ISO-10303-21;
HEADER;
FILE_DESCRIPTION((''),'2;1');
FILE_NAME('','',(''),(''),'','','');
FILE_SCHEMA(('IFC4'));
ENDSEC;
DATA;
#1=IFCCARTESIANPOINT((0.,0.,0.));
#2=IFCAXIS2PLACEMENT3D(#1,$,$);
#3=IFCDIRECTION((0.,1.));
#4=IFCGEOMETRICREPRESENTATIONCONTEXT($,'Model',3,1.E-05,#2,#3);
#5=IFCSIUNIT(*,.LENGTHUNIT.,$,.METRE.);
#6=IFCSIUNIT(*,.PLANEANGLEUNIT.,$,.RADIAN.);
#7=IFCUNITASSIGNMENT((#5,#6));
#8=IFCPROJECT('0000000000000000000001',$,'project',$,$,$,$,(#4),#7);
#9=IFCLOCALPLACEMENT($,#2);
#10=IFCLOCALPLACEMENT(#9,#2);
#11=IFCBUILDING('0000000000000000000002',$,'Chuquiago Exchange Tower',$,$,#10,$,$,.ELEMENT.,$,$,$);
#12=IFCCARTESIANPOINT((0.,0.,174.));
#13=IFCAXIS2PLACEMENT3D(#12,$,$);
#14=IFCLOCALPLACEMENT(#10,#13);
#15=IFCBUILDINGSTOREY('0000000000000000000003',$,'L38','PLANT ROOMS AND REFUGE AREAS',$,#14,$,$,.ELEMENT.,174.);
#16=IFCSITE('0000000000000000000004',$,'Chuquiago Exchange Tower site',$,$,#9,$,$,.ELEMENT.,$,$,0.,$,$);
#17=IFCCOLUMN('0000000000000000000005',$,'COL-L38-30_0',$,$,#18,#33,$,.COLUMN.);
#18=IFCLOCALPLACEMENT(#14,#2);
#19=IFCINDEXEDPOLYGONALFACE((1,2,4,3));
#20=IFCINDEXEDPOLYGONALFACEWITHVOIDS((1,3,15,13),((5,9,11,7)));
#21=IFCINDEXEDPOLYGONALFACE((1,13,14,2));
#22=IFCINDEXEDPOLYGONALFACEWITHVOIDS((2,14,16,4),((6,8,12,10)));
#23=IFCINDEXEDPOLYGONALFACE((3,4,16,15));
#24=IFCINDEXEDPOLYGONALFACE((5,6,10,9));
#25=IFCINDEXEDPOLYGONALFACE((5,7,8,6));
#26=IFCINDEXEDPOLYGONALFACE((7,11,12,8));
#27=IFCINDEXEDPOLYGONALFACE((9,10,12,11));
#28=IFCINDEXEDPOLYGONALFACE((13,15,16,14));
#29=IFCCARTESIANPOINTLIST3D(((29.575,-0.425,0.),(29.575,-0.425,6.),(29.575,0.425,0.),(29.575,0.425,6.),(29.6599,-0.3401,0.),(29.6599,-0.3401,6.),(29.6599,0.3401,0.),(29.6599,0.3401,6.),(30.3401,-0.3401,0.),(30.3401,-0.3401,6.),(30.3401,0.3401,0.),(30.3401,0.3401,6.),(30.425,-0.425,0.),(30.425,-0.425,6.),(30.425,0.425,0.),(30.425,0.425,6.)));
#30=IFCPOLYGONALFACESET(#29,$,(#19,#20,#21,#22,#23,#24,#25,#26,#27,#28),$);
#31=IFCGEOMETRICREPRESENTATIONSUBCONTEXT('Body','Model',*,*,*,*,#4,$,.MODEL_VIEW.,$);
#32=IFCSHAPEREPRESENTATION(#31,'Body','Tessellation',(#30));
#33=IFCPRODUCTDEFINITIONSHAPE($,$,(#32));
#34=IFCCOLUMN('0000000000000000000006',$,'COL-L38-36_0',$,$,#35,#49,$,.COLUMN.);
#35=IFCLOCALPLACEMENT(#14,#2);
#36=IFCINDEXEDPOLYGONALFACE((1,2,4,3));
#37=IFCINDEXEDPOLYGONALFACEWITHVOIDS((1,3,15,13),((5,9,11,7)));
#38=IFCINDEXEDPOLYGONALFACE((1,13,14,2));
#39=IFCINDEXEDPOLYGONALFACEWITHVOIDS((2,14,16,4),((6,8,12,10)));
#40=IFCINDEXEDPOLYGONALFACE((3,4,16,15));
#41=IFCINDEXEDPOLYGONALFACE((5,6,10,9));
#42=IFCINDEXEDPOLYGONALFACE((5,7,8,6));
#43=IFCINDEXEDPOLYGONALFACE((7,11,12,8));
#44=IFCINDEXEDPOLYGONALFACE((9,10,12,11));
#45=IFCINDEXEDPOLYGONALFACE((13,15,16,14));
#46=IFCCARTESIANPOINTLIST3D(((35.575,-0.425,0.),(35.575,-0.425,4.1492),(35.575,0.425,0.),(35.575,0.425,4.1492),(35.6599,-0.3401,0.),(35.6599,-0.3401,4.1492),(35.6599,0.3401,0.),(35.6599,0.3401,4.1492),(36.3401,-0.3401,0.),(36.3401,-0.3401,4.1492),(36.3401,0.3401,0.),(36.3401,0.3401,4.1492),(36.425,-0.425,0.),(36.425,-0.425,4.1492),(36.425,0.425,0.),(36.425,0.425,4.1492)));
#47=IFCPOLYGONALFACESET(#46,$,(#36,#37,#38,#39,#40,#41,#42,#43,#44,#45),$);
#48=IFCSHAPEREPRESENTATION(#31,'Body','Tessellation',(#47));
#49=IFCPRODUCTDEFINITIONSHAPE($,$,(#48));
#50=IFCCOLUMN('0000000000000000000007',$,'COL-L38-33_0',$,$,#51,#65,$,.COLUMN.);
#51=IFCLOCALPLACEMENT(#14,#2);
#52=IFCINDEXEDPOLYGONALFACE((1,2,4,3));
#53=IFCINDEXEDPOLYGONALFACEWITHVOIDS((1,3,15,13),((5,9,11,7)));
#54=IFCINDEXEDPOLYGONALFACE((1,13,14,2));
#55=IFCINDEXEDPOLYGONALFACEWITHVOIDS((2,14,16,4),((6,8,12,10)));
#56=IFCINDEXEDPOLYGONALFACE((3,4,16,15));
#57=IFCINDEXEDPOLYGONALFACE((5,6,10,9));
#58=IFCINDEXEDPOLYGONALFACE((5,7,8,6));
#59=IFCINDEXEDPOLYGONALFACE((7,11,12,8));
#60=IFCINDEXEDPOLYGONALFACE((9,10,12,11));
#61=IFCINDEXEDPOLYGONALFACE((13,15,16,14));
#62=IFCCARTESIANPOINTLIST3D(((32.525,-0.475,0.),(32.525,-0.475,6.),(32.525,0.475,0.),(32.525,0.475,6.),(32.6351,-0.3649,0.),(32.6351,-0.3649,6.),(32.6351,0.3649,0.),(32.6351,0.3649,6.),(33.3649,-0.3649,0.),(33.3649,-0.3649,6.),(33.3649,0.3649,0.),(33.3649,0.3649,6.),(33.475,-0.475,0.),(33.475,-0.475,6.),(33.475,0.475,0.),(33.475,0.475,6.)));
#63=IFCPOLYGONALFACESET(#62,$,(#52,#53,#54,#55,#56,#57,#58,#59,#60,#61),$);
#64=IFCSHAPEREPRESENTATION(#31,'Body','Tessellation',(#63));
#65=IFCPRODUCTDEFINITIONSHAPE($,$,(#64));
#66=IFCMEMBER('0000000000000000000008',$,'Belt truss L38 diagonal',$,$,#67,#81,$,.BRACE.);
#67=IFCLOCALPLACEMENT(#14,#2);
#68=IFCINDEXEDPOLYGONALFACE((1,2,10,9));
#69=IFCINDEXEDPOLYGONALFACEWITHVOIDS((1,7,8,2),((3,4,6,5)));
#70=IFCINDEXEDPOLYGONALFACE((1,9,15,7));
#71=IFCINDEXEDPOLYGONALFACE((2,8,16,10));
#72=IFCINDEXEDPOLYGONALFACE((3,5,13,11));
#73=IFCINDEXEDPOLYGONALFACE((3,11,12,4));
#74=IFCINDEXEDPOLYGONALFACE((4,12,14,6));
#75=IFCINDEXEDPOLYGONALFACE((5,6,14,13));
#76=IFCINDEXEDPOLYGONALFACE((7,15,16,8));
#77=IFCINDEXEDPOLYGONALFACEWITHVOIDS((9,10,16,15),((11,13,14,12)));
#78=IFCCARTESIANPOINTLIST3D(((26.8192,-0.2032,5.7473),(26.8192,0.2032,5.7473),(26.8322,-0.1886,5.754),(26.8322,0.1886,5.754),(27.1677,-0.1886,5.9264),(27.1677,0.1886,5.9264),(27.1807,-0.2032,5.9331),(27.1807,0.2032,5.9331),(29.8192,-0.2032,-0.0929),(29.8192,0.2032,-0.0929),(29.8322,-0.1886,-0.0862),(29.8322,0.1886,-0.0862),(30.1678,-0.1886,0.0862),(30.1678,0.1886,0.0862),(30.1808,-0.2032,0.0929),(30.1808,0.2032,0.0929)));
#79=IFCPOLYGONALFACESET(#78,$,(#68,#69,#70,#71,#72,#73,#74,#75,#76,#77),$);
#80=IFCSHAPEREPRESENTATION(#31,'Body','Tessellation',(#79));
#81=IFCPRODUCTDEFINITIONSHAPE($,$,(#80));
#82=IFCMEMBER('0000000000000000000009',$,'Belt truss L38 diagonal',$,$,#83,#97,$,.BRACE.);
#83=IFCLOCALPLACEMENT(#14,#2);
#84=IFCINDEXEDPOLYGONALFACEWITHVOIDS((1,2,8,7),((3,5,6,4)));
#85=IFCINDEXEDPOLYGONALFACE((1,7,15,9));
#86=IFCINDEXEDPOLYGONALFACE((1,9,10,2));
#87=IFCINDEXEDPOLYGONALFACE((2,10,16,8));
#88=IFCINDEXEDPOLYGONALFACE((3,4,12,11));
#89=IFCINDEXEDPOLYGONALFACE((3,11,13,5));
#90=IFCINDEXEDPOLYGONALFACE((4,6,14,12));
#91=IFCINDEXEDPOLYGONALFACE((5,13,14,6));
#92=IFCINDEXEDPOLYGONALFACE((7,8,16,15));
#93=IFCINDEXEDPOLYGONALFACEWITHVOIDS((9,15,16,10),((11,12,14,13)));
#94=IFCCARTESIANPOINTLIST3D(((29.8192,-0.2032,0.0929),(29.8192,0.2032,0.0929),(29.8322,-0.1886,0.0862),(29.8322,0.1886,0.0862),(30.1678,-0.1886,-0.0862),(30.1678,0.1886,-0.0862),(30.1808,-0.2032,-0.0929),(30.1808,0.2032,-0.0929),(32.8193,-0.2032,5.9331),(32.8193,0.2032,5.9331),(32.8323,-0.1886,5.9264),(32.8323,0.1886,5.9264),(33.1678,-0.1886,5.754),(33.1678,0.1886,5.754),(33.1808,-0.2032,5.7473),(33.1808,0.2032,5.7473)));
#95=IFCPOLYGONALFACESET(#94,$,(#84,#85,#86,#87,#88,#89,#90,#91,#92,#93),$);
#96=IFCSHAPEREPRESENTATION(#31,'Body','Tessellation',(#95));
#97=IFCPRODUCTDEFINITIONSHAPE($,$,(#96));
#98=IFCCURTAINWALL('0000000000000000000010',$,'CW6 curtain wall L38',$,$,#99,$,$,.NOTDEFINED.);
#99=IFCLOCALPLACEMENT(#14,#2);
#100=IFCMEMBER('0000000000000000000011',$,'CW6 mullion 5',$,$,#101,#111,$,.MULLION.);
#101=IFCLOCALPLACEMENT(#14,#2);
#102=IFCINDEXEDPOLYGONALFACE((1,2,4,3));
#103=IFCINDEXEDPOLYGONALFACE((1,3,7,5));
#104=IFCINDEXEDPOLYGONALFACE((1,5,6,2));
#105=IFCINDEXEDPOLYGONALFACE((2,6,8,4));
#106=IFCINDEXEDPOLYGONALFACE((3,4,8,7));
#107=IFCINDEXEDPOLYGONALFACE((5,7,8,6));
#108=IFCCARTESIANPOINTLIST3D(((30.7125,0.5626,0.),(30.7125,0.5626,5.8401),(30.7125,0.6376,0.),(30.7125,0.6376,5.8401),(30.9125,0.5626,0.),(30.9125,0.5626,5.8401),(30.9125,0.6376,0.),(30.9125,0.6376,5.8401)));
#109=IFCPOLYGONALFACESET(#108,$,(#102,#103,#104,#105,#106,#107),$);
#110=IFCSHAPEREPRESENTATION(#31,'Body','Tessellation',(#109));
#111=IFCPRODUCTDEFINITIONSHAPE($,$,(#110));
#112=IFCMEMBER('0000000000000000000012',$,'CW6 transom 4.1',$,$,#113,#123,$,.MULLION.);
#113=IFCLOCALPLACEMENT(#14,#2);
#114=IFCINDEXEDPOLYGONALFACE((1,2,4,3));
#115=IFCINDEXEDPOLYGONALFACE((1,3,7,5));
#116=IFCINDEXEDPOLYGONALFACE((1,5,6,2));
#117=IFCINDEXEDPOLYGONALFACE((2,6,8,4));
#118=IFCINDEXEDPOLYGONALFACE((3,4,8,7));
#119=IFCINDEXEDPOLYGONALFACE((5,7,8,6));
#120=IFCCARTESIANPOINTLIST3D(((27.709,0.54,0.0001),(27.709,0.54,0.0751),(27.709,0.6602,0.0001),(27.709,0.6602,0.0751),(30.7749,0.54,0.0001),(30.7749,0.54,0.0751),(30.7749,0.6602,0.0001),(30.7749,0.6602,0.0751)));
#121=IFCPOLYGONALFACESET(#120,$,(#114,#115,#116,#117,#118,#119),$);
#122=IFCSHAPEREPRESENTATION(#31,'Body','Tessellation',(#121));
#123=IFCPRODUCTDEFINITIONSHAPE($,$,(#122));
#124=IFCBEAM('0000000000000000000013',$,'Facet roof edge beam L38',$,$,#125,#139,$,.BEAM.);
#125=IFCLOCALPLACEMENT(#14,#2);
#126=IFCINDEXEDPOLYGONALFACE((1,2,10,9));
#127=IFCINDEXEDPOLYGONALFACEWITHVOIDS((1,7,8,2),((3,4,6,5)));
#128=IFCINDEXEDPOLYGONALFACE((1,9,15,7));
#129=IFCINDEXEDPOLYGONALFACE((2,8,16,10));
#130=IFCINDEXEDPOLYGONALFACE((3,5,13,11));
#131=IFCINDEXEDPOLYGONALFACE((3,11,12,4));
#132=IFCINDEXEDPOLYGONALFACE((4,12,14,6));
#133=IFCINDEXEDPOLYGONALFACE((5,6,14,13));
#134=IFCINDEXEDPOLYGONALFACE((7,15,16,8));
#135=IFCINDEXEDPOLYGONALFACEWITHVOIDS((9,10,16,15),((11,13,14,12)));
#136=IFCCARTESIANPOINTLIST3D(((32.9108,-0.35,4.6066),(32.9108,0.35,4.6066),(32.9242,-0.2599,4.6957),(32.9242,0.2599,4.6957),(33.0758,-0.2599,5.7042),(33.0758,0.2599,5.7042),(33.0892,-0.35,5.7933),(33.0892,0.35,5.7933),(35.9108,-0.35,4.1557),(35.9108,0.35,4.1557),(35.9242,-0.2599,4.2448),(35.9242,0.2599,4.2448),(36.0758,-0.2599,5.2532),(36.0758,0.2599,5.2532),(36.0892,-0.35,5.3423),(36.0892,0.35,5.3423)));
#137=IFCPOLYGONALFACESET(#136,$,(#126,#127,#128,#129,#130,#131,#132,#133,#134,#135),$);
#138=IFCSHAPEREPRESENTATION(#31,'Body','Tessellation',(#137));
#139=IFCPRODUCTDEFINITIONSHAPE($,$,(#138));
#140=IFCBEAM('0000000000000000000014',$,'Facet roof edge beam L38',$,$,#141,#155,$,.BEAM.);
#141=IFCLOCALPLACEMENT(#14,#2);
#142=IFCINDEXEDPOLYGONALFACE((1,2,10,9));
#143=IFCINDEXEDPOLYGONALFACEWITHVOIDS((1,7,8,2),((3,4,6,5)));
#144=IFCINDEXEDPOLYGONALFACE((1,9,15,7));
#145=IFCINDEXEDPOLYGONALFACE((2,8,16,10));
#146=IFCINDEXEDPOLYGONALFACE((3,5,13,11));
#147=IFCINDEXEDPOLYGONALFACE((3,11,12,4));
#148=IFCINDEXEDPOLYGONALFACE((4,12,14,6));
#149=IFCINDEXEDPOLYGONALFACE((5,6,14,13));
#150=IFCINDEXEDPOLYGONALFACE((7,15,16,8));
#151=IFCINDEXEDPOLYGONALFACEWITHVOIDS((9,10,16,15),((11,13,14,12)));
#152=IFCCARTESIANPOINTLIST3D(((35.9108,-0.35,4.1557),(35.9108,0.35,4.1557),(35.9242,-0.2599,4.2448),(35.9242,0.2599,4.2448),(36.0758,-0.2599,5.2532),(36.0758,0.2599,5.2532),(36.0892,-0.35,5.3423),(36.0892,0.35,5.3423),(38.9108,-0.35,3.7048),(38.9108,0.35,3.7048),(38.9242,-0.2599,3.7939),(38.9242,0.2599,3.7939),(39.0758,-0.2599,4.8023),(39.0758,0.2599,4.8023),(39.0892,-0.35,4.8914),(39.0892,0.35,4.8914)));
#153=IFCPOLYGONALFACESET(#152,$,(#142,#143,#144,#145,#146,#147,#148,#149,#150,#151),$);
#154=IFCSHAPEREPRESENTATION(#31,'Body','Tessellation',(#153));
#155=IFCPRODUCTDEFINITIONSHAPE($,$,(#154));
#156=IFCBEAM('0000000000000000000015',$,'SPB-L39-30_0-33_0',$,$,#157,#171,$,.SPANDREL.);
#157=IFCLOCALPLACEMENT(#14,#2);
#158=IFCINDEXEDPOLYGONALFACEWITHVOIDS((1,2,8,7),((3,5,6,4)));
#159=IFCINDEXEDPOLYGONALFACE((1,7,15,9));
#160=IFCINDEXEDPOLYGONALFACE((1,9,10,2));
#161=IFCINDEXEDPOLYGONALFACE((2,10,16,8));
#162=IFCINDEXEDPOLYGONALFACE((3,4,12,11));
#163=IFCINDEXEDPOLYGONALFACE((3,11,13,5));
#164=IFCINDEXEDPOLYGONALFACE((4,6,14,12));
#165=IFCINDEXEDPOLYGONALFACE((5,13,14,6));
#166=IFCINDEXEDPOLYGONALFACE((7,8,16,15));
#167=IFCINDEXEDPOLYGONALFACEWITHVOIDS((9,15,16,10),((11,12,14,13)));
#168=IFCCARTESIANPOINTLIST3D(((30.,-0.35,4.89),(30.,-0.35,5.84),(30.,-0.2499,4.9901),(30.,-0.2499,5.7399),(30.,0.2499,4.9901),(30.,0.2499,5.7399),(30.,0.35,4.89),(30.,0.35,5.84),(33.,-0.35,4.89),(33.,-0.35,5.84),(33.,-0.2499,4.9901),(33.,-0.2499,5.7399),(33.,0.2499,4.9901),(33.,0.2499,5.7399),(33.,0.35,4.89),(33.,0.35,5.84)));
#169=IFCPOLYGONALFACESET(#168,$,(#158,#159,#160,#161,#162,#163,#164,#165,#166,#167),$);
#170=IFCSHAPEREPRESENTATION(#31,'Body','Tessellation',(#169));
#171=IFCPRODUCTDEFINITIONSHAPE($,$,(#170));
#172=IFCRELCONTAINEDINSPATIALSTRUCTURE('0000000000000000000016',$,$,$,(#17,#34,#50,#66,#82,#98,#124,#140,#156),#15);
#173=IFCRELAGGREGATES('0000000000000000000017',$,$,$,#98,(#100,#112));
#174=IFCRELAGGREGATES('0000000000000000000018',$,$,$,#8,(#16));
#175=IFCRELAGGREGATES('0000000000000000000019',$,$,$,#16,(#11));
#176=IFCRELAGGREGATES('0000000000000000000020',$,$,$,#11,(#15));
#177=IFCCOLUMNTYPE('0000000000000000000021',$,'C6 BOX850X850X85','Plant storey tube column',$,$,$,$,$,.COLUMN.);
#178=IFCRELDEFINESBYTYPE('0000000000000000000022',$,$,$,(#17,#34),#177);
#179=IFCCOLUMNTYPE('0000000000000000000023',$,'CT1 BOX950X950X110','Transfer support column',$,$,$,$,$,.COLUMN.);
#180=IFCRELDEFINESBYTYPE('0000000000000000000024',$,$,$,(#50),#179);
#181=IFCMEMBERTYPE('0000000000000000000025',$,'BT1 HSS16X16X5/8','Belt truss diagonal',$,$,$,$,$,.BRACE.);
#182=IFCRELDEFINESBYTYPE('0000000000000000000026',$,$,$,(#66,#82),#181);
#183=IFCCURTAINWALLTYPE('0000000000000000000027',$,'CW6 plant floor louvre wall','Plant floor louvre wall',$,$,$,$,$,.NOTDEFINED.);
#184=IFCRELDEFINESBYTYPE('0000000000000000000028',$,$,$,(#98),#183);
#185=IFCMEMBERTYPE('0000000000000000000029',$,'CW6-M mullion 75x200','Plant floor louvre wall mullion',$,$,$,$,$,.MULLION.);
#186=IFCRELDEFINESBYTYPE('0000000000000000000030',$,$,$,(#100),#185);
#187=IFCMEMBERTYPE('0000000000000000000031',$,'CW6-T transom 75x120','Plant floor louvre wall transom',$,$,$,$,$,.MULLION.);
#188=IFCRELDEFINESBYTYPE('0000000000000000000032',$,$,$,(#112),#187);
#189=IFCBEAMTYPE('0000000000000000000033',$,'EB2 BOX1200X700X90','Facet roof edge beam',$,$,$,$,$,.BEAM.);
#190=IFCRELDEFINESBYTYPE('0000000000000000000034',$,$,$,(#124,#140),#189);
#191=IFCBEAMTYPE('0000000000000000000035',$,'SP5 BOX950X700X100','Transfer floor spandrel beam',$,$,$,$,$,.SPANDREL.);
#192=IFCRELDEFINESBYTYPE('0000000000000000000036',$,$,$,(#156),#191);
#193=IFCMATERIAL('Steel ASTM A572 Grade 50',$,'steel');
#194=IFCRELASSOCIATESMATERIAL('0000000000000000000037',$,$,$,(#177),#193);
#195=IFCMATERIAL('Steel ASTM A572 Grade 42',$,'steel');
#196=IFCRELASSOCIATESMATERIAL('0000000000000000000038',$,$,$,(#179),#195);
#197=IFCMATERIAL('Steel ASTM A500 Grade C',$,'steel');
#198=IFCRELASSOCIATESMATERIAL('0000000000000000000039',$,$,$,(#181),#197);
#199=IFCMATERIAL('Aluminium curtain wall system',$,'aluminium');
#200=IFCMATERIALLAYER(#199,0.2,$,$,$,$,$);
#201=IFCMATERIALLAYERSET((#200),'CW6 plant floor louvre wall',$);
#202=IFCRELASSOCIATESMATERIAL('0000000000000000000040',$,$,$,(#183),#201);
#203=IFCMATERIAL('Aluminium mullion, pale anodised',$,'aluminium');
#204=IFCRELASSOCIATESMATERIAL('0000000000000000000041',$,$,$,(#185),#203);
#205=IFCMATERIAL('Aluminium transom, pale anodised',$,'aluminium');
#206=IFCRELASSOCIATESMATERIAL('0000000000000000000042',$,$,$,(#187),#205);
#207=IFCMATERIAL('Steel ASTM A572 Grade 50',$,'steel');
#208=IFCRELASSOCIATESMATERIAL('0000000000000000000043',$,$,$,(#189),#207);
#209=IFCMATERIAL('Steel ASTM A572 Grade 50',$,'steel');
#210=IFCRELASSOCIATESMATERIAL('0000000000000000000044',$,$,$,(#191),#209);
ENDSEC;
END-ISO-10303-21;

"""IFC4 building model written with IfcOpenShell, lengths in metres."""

from ifc_helpers import new_model, si_unit, direction, frame, origin, origin_2d, place, context, subcontext, project, spatial, rectangle, hollow_rectangle, extrude, material, layer, layer_set, material_profile, profile_set, type_object, element, aggregate, save


model = new_model("IFC4")

# Units and contexts
model_context = context("Model", 3, precision=1e-05, world=origin(), true_north=direction((0.0, 1.0)))
body_context = subcontext(model_context, "Body", "Model", "MODEL_VIEW")
ifc_project = project(units=[si_unit("LENGTHUNIT", "METRE"), si_unit("PLANEANGLEUNIT", "RADIAN")], contexts=[model_context])

# Site, building, storey
site_placement = place(None, origin())
site = spatial("IfcSite", under=ifc_project, at=site_placement, Name="Chuquiago Exchange Tower site", CompositionType="ELEMENT", RefElevation=0.0)
building_placement = place(site_placement, origin())
building = spatial("IfcBuilding", under=site, at=building_placement, Name="Chuquiago Exchange Tower", CompositionType="ELEMENT")
storey_placement = place(building_placement, frame((0.0, 0.0, 174.0)))
storey = spatial("IfcBuildingStorey", under=building, at=storey_placement, Name="L38", Description="PLANT ROOMS AND REFUGE AREAS", CompositionType="ELEMENT", Elevation=174.0)

# Columns
ifc_material_1 = material(Name="Steel ASTM A572 Grade 50", Category="steel")
ifc_material_profile_1 = material_profile(ifc_material_1, hollow_rectangle(XDim=0.8501, YDim=0.8501, WallThickness=0.085, at=origin_2d()), Name="BOX850X850X85")
ifc_profile_set_1 = profile_set([ifc_material_profile_1], Name="Steel ASTM A572 Grade 50")
column_type_1 = type_object("IfcColumnType", Name="C6 BOX850X850X85", Description="Plant storey tube column", PredefinedType="COLUMN", material=ifc_profile_set_1)
column_1_placement = place(storey_placement, frame((30.0, 0.0, 0.0), z_axis=(0.0, 0.0, 1.0), x_axis=(0.0, -1.0, 0.0)))
element("IfcColumn", 1, at=column_1_placement, inside=storey, type_object=column_type_1, Name="COL-L38-30_0", PredefinedType="COLUMN", context=body_context, shape_type="SweptSolid", body=[
    extrude(hollow_rectangle(XDim=0.8501, YDim=0.8501, WallThickness=0.085, at=origin_2d()), origin(), (0.0, 0.0, 1.0), 6.0),
])
column_2_placement = place(storey_placement, frame((36.0, 0.0, 0.0), z_axis=(0.0, 0.0, 1.0), x_axis=(0.0, -1.0, 0.0)))
element("IfcColumn", 2, at=column_2_placement, inside=storey, type_object=column_type_1, Name="COL-L38-36_0", PredefinedType="COLUMN", context=body_context, shape_type="SweptSolid", body=[
    extrude(hollow_rectangle(XDim=0.8501, YDim=0.8501, WallThickness=0.085, at=origin_2d()), origin(), (0.0, 0.0, 1.0), 4.1492),
])
ifc_material_2 = material(Name="Steel ASTM A572 Grade 42", Category="steel")
ifc_material_profile_2 = material_profile(ifc_material_2, hollow_rectangle(XDim=0.95, YDim=0.95, WallThickness=0.1101, at=origin_2d()), Name="BOX950X950X110")
ifc_profile_set_2 = profile_set([ifc_material_profile_2], Name="Steel ASTM A572 Grade 42")
column_type_2 = type_object("IfcColumnType", Name="CT1 BOX950X950X110", Description="Transfer support column", PredefinedType="COLUMN", material=ifc_profile_set_2)
column_3_placement = place(storey_placement, frame((33.0, 0.0, 0.0), z_axis=(0.0, 0.0, 1.0), x_axis=(0.0, -1.0, 0.0)))
element("IfcColumn", 3, at=column_3_placement, inside=storey, type_object=column_type_2, Name="COL-L38-33_0", PredefinedType="COLUMN", context=body_context, shape_type="SweptSolid", body=[
    extrude(hollow_rectangle(XDim=0.95, YDim=0.95, WallThickness=0.1101, at=origin_2d()), origin(), (0.0, 0.0, 1.0), 6.0),
])

# Members
ifc_material_3 = material(Name="Steel ASTM A500 Grade C", Category="steel")
ifc_material_profile_3 = material_profile(ifc_material_3, hollow_rectangle(XDim=0.4065, YDim=0.4065, WallThickness=0.0146, at=origin_2d()), Name="HSS16X16X5/8")
ifc_profile_set_3 = profile_set([ifc_material_profile_3], Name="Steel ASTM A500 Grade C")
member_type_1 = type_object("IfcMemberType", Name="BT1 HSS16X16X5/8", Description="Belt truss diagonal", PredefinedType="BRACE", material=ifc_profile_set_3)
for number, where, z_axis, x_axis, name in (
    (4, (30.0, 0.0, 0.0), (-0.45693, 0.0, 0.889503), (0.0, -1.0, 0.0), "Belt truss L38 diagonal"),
    (5, (30.0, 0.0, 0.0), (0.45693, 0.0, 0.889503), (0.0, 1.0, 0.0), "Belt truss L38 diagonal"),
):
    element("IfcMember", number, at=place(storey_placement, frame(where, z_axis=z_axis, x_axis=x_axis)), inside=storey, type_object=member_type_1, Name=name, PredefinedType="BRACE", context=body_context, shape_type="SweptSolid", body=[
        extrude(hollow_rectangle(XDim=0.4065, YDim=0.4065, WallThickness=0.0146, at=origin_2d()), origin(), (0.0, 0.0, 1.0), 6.5657),
    ])

# Curtain wall, members
ifc_material_4 = material(Name="Aluminium curtain wall system", Category="aluminium")
ifc_layer_1 = layer(ifc_material_4, 0.2)
ifc_layer_set_1 = layer_set([ifc_layer_1], Name="CW6 plant floor louvre wall")
curtain_wall_type = type_object("IfcCurtainWallType", Name="CW6 plant floor louvre wall", Description="Plant floor louvre wall", PredefinedType="NOTDEFINED", material=ifc_layer_set_1)
curtain_wall_placement = place(storey_placement, origin())
curtain_wall = element("IfcCurtainWall", 6, at=curtain_wall_placement, inside=storey, type_object=curtain_wall_type, Name="CW6 curtain wall L38", PredefinedType="NOTDEFINED")
ifc_material_5 = material(Name="Aluminium mullion, pale anodised", Category="aluminium")
ifc_material_profile_4 = material_profile(ifc_material_5, rectangle(XDim=0.075, YDim=0.2, at=origin_2d()), Name="AL 75x200")
ifc_profile_set_4 = profile_set([ifc_material_profile_4], Name="Aluminium mullion, pale anodised")
member_type_2 = type_object("IfcMemberType", Name="CW6-M mullion 75x200", Description="Plant floor louvre wall mullion", PredefinedType="MULLION", material=ifc_profile_set_4)
member_1_placement = place(storey_placement, frame((30.8125, 0.6001, 0.0), z_axis=(0.0, 0.0, 1.0), x_axis=(0.0, 1.0, 0.0)))
member_1 = element("IfcMember", 7, at=member_1_placement, type_object=member_type_2, Name="CW6 mullion 5", PredefinedType="MULLION", context=body_context, shape_type="SweptSolid", body=[
    extrude(rectangle(XDim=0.075, YDim=0.2, at=origin_2d()), origin(), (0.0, 0.0, 1.0), 5.8401),
])
ifc_material_6 = material(Name="Aluminium transom, pale anodised", Category="aluminium")
ifc_material_profile_5 = material_profile(ifc_material_6, rectangle(XDim=0.1201, YDim=0.075, at=origin_2d()), Name="AL 120x75")
ifc_profile_set_5 = profile_set([ifc_material_profile_5], Name="Aluminium transom, pale anodised")
member_type_3 = type_object("IfcMemberType", Name="CW6-T transom 75x120", Description="Plant floor louvre wall transom", PredefinedType="MULLION", material=ifc_profile_set_5)
member_2_placement = place(storey_placement, frame((27.709, 0.6001, 0.0376), z_axis=(1.0, 0.0, 0.0), x_axis=(0.0, 1.0, 0.0)))
member_2 = element("IfcMember", 8, at=member_2_placement, type_object=member_type_3, Name="CW6 transom 4.1", PredefinedType="MULLION", context=body_context, shape_type="SweptSolid", body=[
    extrude(rectangle(XDim=0.1201, YDim=0.075, at=origin_2d()), origin(), (0.0, 0.0, 1.0), 3.0659),
])

# Beams
ifc_material_7 = material(Name="Steel ASTM A572 Grade 50", Category="steel")
ifc_material_profile_6 = material_profile(ifc_material_7, hollow_rectangle(XDim=0.7, YDim=1.2, WallThickness=0.0901, at=origin_2d()), Name="BOX1200X700X90")
ifc_profile_set_6 = profile_set([ifc_material_profile_6], Name="Steel ASTM A572 Grade 50")
beam_type_1 = type_object("IfcBeamType", Name="EB2 BOX1200X700X90", Description="Facet roof edge beam", PredefinedType="BEAM", material=ifc_profile_set_6)
for number, where, z_axis, x_axis, name in (
    (9, (33.0, 0.0, 5.2), (0.988891, 0.0, -0.14864), (0.0, 1.0, 0.0), "Facet roof edge beam L38"),
    (10, (36.0, 0.0, 4.749), (0.988891, 0.0, -0.14864), (0.0, 1.0, 0.0), "Facet roof edge beam L38"),
):
    element("IfcBeam", number, at=place(storey_placement, frame(where, z_axis=z_axis, x_axis=x_axis)), inside=storey, type_object=beam_type_1, Name=name, PredefinedType="BEAM", context=body_context, shape_type="SweptSolid", body=[
        extrude(hollow_rectangle(XDim=0.7, YDim=1.2, WallThickness=0.0901, at=origin_2d()), origin(), (0.0, 0.0, 1.0), 3.0337),
    ])
ifc_material_8 = material(Name="Steel ASTM A572 Grade 50", Category="steel")
ifc_material_profile_7 = material_profile(ifc_material_8, hollow_rectangle(XDim=0.7, YDim=0.95, WallThickness=0.1001, at=origin_2d()), Name="BOX950X700X100")
ifc_profile_set_7 = profile_set([ifc_material_profile_7], Name="Steel ASTM A572 Grade 50")
beam_type_2 = type_object("IfcBeamType", Name="SP5 BOX950X700X100", Description="Transfer floor spandrel beam", PredefinedType="SPANDREL", material=ifc_profile_set_7)
beam_placement = place(storey_placement, frame((30.0, 0.0, 5.365), z_axis=(1.0, 0.0, 0.0), x_axis=(0.0, 1.0, 0.0)))
element("IfcBeam", 11, at=beam_placement, inside=storey, type_object=beam_type_2, Name="SPB-L39-30_0-33_0", PredefinedType="SPANDREL", context=body_context, shape_type="SweptSolid", body=[
    extrude(hollow_rectangle(XDim=0.7, YDim=0.95, WallThickness=0.1001, at=origin_2d()), origin(), (0.0, 0.0, 1.0), 3.0),
])

aggregate(curtain_wall, [member_1, member_2])

save(model, "model.ifc")
